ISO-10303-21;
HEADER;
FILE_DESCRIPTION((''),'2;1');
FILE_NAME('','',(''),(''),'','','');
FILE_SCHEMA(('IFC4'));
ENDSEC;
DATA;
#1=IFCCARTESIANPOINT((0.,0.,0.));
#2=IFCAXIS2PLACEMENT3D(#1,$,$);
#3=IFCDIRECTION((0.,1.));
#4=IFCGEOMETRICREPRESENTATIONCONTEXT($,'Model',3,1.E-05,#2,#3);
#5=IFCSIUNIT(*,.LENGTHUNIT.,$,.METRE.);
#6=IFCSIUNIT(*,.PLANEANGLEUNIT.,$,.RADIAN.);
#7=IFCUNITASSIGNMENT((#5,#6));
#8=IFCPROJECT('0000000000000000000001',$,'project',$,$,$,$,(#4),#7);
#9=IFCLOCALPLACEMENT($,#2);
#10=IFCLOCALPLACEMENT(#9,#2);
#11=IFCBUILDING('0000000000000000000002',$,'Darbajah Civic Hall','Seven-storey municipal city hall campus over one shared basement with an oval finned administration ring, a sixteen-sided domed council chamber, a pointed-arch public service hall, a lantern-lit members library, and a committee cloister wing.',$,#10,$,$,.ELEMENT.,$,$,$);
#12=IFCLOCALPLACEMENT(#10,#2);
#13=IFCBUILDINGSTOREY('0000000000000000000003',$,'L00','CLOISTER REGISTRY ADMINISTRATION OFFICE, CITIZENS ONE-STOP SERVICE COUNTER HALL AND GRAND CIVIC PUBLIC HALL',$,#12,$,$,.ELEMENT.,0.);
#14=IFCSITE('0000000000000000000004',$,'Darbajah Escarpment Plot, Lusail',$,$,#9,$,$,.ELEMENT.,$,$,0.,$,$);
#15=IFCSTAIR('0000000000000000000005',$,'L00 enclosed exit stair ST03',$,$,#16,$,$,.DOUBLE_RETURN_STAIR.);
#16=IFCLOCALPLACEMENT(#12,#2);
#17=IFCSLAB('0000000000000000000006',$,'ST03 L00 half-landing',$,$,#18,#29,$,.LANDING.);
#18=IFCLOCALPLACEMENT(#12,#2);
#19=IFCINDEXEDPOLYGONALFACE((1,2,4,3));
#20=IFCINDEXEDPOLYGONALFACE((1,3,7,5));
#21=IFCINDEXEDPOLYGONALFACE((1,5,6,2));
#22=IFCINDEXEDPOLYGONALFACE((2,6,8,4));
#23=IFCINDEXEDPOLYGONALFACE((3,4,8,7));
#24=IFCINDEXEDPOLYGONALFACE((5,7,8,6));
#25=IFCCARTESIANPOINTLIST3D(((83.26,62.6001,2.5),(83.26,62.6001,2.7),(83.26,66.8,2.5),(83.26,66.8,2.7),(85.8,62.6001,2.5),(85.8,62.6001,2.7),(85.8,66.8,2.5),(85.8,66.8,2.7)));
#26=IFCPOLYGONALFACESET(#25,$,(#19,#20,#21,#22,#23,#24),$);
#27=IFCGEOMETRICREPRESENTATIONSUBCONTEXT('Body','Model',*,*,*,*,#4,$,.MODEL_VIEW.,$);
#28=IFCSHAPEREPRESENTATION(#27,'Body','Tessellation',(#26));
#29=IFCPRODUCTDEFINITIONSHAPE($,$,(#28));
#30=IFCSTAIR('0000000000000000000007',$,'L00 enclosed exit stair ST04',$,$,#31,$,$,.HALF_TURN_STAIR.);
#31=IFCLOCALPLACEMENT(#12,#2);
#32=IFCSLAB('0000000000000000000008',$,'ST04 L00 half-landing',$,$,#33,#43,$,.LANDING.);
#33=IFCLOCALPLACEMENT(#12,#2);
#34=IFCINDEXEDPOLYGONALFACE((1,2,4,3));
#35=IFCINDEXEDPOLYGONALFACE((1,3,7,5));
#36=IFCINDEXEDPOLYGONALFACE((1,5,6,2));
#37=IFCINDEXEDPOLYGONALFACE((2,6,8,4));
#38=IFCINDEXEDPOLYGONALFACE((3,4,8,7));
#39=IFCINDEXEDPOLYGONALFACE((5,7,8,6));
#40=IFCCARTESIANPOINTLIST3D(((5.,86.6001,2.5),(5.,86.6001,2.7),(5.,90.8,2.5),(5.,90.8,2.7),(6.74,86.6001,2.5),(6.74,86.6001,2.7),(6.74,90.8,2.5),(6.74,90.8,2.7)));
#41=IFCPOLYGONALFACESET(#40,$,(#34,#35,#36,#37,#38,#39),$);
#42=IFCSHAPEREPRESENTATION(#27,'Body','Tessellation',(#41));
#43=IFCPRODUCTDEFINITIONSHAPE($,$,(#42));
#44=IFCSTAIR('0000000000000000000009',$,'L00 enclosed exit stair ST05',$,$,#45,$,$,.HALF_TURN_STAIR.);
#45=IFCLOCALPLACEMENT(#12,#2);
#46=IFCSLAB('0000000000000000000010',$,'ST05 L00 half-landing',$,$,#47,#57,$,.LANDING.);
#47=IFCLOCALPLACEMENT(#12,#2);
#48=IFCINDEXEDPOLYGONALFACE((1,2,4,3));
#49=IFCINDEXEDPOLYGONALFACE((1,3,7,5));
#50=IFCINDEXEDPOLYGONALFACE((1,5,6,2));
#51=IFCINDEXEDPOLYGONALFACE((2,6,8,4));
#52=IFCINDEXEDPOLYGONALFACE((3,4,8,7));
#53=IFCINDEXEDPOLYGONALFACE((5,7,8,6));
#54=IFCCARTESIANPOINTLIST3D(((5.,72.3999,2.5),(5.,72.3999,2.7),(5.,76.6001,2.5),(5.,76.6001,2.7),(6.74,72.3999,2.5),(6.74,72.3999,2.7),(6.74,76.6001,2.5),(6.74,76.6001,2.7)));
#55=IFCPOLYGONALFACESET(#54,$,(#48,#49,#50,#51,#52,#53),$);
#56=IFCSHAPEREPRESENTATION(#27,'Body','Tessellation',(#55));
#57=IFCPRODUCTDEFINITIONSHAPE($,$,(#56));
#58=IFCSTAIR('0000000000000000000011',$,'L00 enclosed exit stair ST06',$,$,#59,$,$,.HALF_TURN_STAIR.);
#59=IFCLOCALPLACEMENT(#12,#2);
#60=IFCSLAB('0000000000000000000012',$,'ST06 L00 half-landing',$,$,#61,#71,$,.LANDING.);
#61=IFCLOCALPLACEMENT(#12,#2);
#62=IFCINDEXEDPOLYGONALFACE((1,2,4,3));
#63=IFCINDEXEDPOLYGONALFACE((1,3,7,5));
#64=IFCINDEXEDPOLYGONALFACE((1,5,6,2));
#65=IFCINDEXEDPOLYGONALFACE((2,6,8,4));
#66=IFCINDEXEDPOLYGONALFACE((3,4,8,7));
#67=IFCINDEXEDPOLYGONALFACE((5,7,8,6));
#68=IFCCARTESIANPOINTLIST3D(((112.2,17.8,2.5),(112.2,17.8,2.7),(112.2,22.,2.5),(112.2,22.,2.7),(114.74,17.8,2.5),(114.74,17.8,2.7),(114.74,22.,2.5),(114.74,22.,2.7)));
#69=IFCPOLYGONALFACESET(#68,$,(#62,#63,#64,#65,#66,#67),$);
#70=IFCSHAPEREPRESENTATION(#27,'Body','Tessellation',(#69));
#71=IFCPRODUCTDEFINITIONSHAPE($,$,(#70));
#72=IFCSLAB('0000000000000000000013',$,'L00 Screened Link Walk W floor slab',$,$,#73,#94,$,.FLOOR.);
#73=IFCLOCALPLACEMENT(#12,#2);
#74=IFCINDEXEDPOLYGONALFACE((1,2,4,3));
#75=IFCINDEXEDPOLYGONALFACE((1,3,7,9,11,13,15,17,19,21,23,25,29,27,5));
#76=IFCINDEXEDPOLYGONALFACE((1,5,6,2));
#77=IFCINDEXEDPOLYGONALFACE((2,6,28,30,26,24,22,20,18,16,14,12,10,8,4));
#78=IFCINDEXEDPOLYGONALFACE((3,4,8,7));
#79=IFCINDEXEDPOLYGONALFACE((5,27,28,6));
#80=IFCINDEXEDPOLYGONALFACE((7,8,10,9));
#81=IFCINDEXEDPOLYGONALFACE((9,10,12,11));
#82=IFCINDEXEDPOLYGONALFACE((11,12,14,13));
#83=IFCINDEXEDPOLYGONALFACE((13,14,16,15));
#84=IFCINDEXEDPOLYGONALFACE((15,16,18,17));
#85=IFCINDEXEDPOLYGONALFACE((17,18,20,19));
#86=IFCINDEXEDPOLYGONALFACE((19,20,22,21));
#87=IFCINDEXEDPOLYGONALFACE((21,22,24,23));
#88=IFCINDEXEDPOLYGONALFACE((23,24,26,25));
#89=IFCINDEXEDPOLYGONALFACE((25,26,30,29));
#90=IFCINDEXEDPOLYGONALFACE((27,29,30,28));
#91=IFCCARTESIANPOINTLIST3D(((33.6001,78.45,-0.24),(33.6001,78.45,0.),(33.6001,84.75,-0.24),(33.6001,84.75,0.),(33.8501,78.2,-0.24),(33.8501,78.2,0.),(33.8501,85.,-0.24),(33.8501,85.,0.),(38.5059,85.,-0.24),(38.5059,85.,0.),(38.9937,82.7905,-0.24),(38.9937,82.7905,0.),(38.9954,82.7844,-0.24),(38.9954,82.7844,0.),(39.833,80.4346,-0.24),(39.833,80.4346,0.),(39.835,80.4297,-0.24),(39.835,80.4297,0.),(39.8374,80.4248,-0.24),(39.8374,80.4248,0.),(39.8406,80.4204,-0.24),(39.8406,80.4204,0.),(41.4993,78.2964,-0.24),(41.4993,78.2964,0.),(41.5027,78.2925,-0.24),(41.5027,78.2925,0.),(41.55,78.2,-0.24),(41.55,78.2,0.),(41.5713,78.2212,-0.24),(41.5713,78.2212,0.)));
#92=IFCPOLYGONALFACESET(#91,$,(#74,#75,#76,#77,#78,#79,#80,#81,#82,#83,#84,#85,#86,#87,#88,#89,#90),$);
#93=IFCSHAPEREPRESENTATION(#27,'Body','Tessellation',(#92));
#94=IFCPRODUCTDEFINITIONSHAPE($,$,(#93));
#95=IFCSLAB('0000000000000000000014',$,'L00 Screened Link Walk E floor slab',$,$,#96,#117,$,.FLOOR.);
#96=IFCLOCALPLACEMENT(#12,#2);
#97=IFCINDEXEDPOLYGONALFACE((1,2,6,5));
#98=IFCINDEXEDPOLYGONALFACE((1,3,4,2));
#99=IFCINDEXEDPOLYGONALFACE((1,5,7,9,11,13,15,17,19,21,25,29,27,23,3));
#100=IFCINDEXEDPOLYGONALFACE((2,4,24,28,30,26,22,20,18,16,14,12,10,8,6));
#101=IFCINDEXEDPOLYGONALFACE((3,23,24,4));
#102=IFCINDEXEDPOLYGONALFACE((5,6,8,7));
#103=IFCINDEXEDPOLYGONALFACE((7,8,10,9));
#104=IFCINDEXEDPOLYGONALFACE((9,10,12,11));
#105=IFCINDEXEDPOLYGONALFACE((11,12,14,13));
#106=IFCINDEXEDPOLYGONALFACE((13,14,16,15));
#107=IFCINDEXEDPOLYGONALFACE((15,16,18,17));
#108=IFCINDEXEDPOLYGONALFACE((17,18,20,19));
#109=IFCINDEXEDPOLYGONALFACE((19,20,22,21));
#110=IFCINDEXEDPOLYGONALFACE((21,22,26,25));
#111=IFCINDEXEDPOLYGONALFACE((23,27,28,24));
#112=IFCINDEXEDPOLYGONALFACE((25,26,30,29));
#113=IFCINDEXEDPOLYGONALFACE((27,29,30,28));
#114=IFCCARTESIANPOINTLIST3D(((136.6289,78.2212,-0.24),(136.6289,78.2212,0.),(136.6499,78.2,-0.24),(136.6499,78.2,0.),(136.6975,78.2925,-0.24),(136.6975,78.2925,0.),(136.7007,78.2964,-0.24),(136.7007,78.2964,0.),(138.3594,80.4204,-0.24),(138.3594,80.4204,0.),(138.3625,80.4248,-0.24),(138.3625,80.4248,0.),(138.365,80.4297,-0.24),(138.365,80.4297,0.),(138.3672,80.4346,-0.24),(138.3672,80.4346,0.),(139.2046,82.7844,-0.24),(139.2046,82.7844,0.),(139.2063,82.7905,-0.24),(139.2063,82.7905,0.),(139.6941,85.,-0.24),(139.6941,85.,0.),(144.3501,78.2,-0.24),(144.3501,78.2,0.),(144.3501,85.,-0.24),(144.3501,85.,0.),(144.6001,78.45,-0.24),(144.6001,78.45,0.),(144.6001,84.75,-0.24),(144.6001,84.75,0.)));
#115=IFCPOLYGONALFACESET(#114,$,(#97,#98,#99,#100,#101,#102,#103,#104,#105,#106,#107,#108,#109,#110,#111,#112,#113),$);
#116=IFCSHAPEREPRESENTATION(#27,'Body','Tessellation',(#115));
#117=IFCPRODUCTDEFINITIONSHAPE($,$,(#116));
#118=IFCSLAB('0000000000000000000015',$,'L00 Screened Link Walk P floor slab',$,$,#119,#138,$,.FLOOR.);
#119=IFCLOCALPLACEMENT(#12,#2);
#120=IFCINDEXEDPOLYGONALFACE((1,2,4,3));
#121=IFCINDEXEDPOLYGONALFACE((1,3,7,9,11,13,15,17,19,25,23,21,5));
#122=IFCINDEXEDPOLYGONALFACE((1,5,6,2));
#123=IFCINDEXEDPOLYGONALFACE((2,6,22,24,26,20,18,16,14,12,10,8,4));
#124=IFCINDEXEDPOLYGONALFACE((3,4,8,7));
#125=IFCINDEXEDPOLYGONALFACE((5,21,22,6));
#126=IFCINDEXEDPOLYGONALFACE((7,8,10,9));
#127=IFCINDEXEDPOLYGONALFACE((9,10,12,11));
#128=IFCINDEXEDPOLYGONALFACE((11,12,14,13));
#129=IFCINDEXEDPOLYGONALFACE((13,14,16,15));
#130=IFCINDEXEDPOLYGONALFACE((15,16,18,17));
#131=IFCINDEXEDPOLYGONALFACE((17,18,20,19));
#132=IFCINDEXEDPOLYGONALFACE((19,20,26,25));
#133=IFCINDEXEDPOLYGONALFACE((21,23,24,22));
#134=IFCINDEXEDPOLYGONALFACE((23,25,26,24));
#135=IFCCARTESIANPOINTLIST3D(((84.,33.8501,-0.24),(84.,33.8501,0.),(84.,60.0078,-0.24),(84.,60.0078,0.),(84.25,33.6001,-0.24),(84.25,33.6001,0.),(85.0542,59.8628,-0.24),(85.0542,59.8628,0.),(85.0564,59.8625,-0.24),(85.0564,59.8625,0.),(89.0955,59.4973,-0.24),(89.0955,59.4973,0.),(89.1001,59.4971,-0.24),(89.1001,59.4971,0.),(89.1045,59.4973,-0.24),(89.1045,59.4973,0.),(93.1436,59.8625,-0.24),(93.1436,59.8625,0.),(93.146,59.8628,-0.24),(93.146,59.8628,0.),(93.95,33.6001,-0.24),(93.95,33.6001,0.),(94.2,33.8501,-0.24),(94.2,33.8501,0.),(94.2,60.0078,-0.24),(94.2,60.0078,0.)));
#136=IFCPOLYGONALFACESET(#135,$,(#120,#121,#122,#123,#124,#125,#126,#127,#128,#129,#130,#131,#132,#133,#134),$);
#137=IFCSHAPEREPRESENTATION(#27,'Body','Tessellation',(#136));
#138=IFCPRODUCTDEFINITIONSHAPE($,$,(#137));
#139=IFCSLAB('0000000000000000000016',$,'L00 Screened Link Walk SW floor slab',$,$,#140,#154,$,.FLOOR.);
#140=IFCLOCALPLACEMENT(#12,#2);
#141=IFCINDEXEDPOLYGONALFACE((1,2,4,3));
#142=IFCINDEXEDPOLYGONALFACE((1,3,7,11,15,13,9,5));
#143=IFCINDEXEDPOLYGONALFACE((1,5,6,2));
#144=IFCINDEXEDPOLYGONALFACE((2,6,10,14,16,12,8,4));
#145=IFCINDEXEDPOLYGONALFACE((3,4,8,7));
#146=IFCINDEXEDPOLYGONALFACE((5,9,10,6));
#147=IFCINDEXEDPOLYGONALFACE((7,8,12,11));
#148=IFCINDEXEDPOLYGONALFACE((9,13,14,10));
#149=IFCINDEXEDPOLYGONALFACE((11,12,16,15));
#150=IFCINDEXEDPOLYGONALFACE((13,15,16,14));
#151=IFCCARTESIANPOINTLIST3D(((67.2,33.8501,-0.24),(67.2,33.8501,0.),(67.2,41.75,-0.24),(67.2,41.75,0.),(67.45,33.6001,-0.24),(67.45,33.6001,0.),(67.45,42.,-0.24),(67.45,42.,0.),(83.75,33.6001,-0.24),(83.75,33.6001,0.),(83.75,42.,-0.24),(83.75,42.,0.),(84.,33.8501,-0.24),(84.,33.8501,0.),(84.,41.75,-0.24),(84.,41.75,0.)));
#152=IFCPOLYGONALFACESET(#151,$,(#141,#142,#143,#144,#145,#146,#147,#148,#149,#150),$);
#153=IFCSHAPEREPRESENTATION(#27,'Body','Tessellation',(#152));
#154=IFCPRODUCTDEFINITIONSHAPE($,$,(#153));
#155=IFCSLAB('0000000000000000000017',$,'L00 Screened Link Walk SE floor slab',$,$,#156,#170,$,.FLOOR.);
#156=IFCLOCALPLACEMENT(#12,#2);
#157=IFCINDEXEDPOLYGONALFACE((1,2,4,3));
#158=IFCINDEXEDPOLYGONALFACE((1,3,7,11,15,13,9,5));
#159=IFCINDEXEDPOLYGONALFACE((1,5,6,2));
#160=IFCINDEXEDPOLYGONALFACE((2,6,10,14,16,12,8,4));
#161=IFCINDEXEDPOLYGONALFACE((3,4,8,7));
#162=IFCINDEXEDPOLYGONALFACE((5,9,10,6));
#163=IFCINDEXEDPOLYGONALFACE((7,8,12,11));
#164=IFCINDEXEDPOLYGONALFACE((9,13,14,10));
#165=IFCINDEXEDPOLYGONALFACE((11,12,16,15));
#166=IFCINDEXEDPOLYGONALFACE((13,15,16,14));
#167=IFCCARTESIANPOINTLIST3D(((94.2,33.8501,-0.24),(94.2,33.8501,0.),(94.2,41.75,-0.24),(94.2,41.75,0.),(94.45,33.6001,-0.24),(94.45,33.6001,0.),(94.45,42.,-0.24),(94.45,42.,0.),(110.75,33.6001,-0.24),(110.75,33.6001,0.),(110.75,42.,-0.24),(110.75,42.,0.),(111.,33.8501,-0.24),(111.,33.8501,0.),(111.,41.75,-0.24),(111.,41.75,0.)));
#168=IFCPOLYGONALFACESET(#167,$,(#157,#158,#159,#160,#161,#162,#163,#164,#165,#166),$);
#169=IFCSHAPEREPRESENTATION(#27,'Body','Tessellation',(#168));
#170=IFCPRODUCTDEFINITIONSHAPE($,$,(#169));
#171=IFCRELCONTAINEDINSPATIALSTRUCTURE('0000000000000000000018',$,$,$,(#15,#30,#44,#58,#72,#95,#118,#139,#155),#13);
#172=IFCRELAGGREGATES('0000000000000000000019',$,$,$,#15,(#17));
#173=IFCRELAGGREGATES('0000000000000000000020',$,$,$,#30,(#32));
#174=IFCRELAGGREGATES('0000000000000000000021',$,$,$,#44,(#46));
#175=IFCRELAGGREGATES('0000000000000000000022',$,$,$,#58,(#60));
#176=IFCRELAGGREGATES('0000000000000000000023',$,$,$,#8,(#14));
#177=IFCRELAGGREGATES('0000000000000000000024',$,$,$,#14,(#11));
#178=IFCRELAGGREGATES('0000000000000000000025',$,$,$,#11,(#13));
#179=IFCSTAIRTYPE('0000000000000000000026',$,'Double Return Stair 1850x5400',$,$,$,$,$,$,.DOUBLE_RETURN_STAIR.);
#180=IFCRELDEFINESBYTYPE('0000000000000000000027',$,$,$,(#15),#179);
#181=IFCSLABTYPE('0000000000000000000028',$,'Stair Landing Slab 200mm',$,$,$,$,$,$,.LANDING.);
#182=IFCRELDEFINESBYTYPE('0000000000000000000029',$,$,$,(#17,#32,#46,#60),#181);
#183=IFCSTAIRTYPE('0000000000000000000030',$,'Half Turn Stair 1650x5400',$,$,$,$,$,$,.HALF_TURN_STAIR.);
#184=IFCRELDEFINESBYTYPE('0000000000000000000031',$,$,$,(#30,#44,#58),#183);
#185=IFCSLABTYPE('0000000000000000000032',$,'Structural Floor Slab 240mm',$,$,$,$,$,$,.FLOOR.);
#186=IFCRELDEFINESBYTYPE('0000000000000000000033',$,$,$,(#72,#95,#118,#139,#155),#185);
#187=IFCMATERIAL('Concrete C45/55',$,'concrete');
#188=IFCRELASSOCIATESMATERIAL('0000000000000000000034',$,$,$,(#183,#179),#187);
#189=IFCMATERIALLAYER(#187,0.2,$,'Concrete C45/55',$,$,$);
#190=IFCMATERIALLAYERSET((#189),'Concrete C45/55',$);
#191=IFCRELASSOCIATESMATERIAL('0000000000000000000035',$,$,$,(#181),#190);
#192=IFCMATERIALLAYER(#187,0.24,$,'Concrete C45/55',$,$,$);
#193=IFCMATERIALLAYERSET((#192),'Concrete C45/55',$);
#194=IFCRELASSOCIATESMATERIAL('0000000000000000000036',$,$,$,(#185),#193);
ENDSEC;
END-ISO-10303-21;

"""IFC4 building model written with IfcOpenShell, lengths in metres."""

from ifc_helpers import new_model, si_unit, direction, frame, origin, place, context, subcontext, project, spatial, polyline, outline, extrude, material, layer, layer_set, type_object, element, aggregate, save


model = new_model("IFC4")

# Units and contexts
model_context = context("Model", 3, precision=1e-05, world=origin(), true_north=direction((0.0, 1.0)))
body_context = subcontext(model_context, "Body", "Model", "MODEL_VIEW")
ifc_project = project(units=[si_unit("LENGTHUNIT", "METRE"), si_unit("PLANEANGLEUNIT", "RADIAN")], contexts=[model_context])

# Site, building, storey
site_placement = place(None, origin())
site = spatial("IfcSite", under=ifc_project, at=site_placement, Name="Darbajah Escarpment Plot, Lusail", CompositionType="ELEMENT", RefElevation=0.0)
building_placement = place(site_placement, origin())
building = spatial("IfcBuilding", under=site, at=building_placement, Name="Darbajah Civic Hall", Description="Seven-storey municipal city hall campus over one shared basement with an oval finned administration ring, a sixteen-sided domed council chamber, a pointed-arch public service hall, a lantern-lit members library, and a committee cloister wing.", CompositionType="ELEMENT")
storey_placement = place(building_placement, origin())
storey = spatial("IfcBuildingStorey", under=building, at=storey_placement, Name="L00", Description="CLOISTER REGISTRY ADMINISTRATION OFFICE, CITIZENS ONE-STOP SERVICE COUNTER HALL AND GRAND CIVIC PUBLIC HALL", CompositionType="ELEMENT", Elevation=0.0)

# Shared definitions
ifc_material_1 = material(Name="Concrete C45/55", Category="concrete")

# Stairs, slabs
stair_type_1 = type_object("IfcStairType", Name="Half Turn Stair 1650x5400", PredefinedType="HALF_TURN_STAIR", material=ifc_material_1)
ifc_layer_1 = layer(ifc_material_1, 0.2, Name="Concrete C45/55")
ifc_layer_set_1 = layer_set([ifc_layer_1], Name="Concrete C45/55")
slab_type_1 = type_object("IfcSlabType", Name="Stair Landing Slab 200mm", PredefinedType="LANDING", material=ifc_layer_set_1)
stair_type_2 = type_object("IfcStairType", Name="Double Return Stair 1850x5400", PredefinedType="DOUBLE_RETURN_STAIR", material=ifc_material_1)
stair_1_placement = place(storey_placement, origin())
stair_1 = element("IfcStair", 1, at=stair_1_placement, inside=storey, type_object=stair_type_2, Name="L00 enclosed exit stair ST03", PredefinedType="DOUBLE_RETURN_STAIR")
slab_1_placement = place(storey_placement, frame((0.0, 0.0, 2.5)))
slab_1 = element("IfcSlab", 2, at=slab_1_placement, type_object=slab_type_1, Name="ST03 L00 half-landing", PredefinedType="LANDING", context=body_context, shape_type="SweptSolid", body=[
    extrude(outline(polyline([(83.26, 62.6001), (85.8, 62.6001), (85.8, 66.8), (83.26, 66.8), (83.26, 62.6001)])), origin(), (0.0, 0.0, 1.0), 0.2),
])
aggregate(stair_1, [slab_1])
stair_2_placement = place(storey_placement, origin())
stair_2 = element("IfcStair", 3, at=stair_2_placement, inside=storey, type_object=stair_type_1, Name="L00 enclosed exit stair ST04", PredefinedType="HALF_TURN_STAIR")
slab_2_placement = place(storey_placement, frame((0.0, 0.0, 2.5)))
slab_2 = element("IfcSlab", 4, at=slab_2_placement, type_object=slab_type_1, Name="ST04 L00 half-landing", PredefinedType="LANDING", context=body_context, shape_type="SweptSolid", body=[
    extrude(outline(polyline([(5.0, 86.6001), (6.74, 86.6001), (6.74, 90.8), (5.0, 90.8), (5.0, 86.6001)])), origin(), (0.0, 0.0, 1.0), 0.2),
])
aggregate(stair_2, [slab_2])
stair_3_placement = place(storey_placement, origin())
stair_3 = element("IfcStair", 5, at=stair_3_placement, inside=storey, type_object=stair_type_1, Name="L00 enclosed exit stair ST05", PredefinedType="HALF_TURN_STAIR")
slab_3_placement = place(storey_placement, frame((0.0, 0.0, 2.5)))
slab_3 = element("IfcSlab", 6, at=slab_3_placement, type_object=slab_type_1, Name="ST05 L00 half-landing", PredefinedType="LANDING", context=body_context, shape_type="SweptSolid", body=[
    extrude(outline(polyline([(5.0, 72.3999), (6.74, 72.3999), (6.74, 76.6001), (5.0, 76.6001), (5.0, 72.3999)])), origin(), (0.0, 0.0, 1.0), 0.2),
])
aggregate(stair_3, [slab_3])
stair_4_placement = place(storey_placement, origin())
stair_4 = element("IfcStair", 7, at=stair_4_placement, inside=storey, type_object=stair_type_1, Name="L00 enclosed exit stair ST06", PredefinedType="HALF_TURN_STAIR")
slab_4_placement = place(storey_placement, frame((0.0, 0.0, 2.5)))
slab_4 = element("IfcSlab", 8, at=slab_4_placement, type_object=slab_type_1, Name="ST06 L00 half-landing", PredefinedType="LANDING", context=body_context, shape_type="SweptSolid", body=[
    extrude(outline(polyline([(112.2, 17.8), (114.74, 17.8), (114.74, 22.0), (112.2, 22.0), (112.2, 17.8)])), origin(), (0.0, 0.0, 1.0), 0.2),
])
aggregate(stair_4, [slab_4])

# Slabs
ifc_layer_2 = layer(ifc_material_1, 0.24, Name="Concrete C45/55")
ifc_layer_set_2 = layer_set([ifc_layer_2], Name="Concrete C45/55")
slab_type_2 = type_object("IfcSlabType", Name="Structural Floor Slab 240mm", PredefinedType="FLOOR", material=ifc_layer_set_2)
slab_5_placement = place(storey_placement, frame((0.0, 0.0, -0.24)))
element("IfcSlab", 9, at=slab_5_placement, inside=storey, type_object=slab_type_2, Name="L00 Screened Link Walk W floor slab", PredefinedType="FLOOR", context=body_context, shape_type="SweptSolid", body=[
    extrude(outline(polyline([(41.55, 78.2), (33.8501, 78.2), (33.6001, 78.45), (33.6001, 84.75), (33.8501, 85.0), (38.5059, 85.0), (38.9937, 82.7905), (38.9954, 82.7844), (39.833, 80.4346), (39.835, 80.4297), (39.8374, 80.4248), (39.8406, 80.4204), (41.4993, 78.2964), (41.5027, 78.2925), (41.5713, 78.2212), (41.55, 78.2)])), origin(), (0.0, 0.0, 1.0), 0.24),
])
slab_6_placement = place(storey_placement, frame((0.0, 0.0, -0.24)))
element("IfcSlab", 10, at=slab_6_placement, inside=storey, type_object=slab_type_2, Name="L00 Screened Link Walk E floor slab", PredefinedType="FLOOR", context=body_context, shape_type="SweptSolid", body=[
    extrude(outline(polyline([(144.3501, 85.0), (144.6001, 84.75), (144.6001, 78.45), (144.3501, 78.2), (136.6499, 78.2), (136.6289, 78.2212), (136.6975, 78.2925), (136.7007, 78.2964), (138.3594, 80.4204), (138.3625, 80.4248), (138.365, 80.4297), (138.3672, 80.4346), (139.2046, 82.7844), (139.2063, 82.7905), (139.6941, 85.0), (144.3501, 85.0)])), origin(), (0.0, 0.0, 1.0), 0.24),
])
slab_7_placement = place(storey_placement, frame((0.0, 0.0, -0.24)))
element("IfcSlab", 11, at=slab_7_placement, inside=storey, type_object=slab_type_2, Name="L00 Screened Link Walk P floor slab", PredefinedType="FLOOR", context=body_context, shape_type="SweptSolid", body=[
    extrude(outline(polyline([(94.2, 33.8501), (93.95, 33.6001), (84.25, 33.6001), (84.0, 33.8501), (84.0, 60.0078), (85.0542, 59.8628), (85.0564, 59.8625), (89.0955, 59.4973), (89.1001, 59.4971), (89.1045, 59.4973), (93.1436, 59.8625), (93.146, 59.8628), (94.2, 60.0078), (94.2, 33.8501)])), origin(), (0.0, 0.0, 1.0), 0.24),
])
slab_8_placement = place(storey_placement, frame((0.0, 0.0, -0.24)))
element("IfcSlab", 12, at=slab_8_placement, inside=storey, type_object=slab_type_2, Name="L00 Screened Link Walk SW floor slab", PredefinedType="FLOOR", context=body_context, shape_type="SweptSolid", body=[
    extrude(outline(polyline([(67.2, 33.8501), (67.2, 41.75), (67.45, 42.0), (83.75, 42.0), (84.0, 41.75), (84.0, 33.8501), (83.75, 33.6001), (67.45, 33.6001), (67.2, 33.8501)])), origin(), (0.0, 0.0, 1.0), 0.24),
])
slab_9_placement = place(storey_placement, frame((0.0, 0.0, -0.24)))
element("IfcSlab", 13, at=slab_9_placement, inside=storey, type_object=slab_type_2, Name="L00 Screened Link Walk SE floor slab", PredefinedType="FLOOR", context=body_context, shape_type="SweptSolid", body=[
    extrude(outline(polyline([(94.2, 33.8501), (94.2, 41.75), (94.45, 42.0), (110.75, 42.0), (111.0, 41.75), (111.0, 33.8501), (110.75, 33.6001), (94.45, 33.6001), (94.2, 33.8501)])), origin(), (0.0, 0.0, 1.0), 0.24),
])

save(model, "model.ifc")
